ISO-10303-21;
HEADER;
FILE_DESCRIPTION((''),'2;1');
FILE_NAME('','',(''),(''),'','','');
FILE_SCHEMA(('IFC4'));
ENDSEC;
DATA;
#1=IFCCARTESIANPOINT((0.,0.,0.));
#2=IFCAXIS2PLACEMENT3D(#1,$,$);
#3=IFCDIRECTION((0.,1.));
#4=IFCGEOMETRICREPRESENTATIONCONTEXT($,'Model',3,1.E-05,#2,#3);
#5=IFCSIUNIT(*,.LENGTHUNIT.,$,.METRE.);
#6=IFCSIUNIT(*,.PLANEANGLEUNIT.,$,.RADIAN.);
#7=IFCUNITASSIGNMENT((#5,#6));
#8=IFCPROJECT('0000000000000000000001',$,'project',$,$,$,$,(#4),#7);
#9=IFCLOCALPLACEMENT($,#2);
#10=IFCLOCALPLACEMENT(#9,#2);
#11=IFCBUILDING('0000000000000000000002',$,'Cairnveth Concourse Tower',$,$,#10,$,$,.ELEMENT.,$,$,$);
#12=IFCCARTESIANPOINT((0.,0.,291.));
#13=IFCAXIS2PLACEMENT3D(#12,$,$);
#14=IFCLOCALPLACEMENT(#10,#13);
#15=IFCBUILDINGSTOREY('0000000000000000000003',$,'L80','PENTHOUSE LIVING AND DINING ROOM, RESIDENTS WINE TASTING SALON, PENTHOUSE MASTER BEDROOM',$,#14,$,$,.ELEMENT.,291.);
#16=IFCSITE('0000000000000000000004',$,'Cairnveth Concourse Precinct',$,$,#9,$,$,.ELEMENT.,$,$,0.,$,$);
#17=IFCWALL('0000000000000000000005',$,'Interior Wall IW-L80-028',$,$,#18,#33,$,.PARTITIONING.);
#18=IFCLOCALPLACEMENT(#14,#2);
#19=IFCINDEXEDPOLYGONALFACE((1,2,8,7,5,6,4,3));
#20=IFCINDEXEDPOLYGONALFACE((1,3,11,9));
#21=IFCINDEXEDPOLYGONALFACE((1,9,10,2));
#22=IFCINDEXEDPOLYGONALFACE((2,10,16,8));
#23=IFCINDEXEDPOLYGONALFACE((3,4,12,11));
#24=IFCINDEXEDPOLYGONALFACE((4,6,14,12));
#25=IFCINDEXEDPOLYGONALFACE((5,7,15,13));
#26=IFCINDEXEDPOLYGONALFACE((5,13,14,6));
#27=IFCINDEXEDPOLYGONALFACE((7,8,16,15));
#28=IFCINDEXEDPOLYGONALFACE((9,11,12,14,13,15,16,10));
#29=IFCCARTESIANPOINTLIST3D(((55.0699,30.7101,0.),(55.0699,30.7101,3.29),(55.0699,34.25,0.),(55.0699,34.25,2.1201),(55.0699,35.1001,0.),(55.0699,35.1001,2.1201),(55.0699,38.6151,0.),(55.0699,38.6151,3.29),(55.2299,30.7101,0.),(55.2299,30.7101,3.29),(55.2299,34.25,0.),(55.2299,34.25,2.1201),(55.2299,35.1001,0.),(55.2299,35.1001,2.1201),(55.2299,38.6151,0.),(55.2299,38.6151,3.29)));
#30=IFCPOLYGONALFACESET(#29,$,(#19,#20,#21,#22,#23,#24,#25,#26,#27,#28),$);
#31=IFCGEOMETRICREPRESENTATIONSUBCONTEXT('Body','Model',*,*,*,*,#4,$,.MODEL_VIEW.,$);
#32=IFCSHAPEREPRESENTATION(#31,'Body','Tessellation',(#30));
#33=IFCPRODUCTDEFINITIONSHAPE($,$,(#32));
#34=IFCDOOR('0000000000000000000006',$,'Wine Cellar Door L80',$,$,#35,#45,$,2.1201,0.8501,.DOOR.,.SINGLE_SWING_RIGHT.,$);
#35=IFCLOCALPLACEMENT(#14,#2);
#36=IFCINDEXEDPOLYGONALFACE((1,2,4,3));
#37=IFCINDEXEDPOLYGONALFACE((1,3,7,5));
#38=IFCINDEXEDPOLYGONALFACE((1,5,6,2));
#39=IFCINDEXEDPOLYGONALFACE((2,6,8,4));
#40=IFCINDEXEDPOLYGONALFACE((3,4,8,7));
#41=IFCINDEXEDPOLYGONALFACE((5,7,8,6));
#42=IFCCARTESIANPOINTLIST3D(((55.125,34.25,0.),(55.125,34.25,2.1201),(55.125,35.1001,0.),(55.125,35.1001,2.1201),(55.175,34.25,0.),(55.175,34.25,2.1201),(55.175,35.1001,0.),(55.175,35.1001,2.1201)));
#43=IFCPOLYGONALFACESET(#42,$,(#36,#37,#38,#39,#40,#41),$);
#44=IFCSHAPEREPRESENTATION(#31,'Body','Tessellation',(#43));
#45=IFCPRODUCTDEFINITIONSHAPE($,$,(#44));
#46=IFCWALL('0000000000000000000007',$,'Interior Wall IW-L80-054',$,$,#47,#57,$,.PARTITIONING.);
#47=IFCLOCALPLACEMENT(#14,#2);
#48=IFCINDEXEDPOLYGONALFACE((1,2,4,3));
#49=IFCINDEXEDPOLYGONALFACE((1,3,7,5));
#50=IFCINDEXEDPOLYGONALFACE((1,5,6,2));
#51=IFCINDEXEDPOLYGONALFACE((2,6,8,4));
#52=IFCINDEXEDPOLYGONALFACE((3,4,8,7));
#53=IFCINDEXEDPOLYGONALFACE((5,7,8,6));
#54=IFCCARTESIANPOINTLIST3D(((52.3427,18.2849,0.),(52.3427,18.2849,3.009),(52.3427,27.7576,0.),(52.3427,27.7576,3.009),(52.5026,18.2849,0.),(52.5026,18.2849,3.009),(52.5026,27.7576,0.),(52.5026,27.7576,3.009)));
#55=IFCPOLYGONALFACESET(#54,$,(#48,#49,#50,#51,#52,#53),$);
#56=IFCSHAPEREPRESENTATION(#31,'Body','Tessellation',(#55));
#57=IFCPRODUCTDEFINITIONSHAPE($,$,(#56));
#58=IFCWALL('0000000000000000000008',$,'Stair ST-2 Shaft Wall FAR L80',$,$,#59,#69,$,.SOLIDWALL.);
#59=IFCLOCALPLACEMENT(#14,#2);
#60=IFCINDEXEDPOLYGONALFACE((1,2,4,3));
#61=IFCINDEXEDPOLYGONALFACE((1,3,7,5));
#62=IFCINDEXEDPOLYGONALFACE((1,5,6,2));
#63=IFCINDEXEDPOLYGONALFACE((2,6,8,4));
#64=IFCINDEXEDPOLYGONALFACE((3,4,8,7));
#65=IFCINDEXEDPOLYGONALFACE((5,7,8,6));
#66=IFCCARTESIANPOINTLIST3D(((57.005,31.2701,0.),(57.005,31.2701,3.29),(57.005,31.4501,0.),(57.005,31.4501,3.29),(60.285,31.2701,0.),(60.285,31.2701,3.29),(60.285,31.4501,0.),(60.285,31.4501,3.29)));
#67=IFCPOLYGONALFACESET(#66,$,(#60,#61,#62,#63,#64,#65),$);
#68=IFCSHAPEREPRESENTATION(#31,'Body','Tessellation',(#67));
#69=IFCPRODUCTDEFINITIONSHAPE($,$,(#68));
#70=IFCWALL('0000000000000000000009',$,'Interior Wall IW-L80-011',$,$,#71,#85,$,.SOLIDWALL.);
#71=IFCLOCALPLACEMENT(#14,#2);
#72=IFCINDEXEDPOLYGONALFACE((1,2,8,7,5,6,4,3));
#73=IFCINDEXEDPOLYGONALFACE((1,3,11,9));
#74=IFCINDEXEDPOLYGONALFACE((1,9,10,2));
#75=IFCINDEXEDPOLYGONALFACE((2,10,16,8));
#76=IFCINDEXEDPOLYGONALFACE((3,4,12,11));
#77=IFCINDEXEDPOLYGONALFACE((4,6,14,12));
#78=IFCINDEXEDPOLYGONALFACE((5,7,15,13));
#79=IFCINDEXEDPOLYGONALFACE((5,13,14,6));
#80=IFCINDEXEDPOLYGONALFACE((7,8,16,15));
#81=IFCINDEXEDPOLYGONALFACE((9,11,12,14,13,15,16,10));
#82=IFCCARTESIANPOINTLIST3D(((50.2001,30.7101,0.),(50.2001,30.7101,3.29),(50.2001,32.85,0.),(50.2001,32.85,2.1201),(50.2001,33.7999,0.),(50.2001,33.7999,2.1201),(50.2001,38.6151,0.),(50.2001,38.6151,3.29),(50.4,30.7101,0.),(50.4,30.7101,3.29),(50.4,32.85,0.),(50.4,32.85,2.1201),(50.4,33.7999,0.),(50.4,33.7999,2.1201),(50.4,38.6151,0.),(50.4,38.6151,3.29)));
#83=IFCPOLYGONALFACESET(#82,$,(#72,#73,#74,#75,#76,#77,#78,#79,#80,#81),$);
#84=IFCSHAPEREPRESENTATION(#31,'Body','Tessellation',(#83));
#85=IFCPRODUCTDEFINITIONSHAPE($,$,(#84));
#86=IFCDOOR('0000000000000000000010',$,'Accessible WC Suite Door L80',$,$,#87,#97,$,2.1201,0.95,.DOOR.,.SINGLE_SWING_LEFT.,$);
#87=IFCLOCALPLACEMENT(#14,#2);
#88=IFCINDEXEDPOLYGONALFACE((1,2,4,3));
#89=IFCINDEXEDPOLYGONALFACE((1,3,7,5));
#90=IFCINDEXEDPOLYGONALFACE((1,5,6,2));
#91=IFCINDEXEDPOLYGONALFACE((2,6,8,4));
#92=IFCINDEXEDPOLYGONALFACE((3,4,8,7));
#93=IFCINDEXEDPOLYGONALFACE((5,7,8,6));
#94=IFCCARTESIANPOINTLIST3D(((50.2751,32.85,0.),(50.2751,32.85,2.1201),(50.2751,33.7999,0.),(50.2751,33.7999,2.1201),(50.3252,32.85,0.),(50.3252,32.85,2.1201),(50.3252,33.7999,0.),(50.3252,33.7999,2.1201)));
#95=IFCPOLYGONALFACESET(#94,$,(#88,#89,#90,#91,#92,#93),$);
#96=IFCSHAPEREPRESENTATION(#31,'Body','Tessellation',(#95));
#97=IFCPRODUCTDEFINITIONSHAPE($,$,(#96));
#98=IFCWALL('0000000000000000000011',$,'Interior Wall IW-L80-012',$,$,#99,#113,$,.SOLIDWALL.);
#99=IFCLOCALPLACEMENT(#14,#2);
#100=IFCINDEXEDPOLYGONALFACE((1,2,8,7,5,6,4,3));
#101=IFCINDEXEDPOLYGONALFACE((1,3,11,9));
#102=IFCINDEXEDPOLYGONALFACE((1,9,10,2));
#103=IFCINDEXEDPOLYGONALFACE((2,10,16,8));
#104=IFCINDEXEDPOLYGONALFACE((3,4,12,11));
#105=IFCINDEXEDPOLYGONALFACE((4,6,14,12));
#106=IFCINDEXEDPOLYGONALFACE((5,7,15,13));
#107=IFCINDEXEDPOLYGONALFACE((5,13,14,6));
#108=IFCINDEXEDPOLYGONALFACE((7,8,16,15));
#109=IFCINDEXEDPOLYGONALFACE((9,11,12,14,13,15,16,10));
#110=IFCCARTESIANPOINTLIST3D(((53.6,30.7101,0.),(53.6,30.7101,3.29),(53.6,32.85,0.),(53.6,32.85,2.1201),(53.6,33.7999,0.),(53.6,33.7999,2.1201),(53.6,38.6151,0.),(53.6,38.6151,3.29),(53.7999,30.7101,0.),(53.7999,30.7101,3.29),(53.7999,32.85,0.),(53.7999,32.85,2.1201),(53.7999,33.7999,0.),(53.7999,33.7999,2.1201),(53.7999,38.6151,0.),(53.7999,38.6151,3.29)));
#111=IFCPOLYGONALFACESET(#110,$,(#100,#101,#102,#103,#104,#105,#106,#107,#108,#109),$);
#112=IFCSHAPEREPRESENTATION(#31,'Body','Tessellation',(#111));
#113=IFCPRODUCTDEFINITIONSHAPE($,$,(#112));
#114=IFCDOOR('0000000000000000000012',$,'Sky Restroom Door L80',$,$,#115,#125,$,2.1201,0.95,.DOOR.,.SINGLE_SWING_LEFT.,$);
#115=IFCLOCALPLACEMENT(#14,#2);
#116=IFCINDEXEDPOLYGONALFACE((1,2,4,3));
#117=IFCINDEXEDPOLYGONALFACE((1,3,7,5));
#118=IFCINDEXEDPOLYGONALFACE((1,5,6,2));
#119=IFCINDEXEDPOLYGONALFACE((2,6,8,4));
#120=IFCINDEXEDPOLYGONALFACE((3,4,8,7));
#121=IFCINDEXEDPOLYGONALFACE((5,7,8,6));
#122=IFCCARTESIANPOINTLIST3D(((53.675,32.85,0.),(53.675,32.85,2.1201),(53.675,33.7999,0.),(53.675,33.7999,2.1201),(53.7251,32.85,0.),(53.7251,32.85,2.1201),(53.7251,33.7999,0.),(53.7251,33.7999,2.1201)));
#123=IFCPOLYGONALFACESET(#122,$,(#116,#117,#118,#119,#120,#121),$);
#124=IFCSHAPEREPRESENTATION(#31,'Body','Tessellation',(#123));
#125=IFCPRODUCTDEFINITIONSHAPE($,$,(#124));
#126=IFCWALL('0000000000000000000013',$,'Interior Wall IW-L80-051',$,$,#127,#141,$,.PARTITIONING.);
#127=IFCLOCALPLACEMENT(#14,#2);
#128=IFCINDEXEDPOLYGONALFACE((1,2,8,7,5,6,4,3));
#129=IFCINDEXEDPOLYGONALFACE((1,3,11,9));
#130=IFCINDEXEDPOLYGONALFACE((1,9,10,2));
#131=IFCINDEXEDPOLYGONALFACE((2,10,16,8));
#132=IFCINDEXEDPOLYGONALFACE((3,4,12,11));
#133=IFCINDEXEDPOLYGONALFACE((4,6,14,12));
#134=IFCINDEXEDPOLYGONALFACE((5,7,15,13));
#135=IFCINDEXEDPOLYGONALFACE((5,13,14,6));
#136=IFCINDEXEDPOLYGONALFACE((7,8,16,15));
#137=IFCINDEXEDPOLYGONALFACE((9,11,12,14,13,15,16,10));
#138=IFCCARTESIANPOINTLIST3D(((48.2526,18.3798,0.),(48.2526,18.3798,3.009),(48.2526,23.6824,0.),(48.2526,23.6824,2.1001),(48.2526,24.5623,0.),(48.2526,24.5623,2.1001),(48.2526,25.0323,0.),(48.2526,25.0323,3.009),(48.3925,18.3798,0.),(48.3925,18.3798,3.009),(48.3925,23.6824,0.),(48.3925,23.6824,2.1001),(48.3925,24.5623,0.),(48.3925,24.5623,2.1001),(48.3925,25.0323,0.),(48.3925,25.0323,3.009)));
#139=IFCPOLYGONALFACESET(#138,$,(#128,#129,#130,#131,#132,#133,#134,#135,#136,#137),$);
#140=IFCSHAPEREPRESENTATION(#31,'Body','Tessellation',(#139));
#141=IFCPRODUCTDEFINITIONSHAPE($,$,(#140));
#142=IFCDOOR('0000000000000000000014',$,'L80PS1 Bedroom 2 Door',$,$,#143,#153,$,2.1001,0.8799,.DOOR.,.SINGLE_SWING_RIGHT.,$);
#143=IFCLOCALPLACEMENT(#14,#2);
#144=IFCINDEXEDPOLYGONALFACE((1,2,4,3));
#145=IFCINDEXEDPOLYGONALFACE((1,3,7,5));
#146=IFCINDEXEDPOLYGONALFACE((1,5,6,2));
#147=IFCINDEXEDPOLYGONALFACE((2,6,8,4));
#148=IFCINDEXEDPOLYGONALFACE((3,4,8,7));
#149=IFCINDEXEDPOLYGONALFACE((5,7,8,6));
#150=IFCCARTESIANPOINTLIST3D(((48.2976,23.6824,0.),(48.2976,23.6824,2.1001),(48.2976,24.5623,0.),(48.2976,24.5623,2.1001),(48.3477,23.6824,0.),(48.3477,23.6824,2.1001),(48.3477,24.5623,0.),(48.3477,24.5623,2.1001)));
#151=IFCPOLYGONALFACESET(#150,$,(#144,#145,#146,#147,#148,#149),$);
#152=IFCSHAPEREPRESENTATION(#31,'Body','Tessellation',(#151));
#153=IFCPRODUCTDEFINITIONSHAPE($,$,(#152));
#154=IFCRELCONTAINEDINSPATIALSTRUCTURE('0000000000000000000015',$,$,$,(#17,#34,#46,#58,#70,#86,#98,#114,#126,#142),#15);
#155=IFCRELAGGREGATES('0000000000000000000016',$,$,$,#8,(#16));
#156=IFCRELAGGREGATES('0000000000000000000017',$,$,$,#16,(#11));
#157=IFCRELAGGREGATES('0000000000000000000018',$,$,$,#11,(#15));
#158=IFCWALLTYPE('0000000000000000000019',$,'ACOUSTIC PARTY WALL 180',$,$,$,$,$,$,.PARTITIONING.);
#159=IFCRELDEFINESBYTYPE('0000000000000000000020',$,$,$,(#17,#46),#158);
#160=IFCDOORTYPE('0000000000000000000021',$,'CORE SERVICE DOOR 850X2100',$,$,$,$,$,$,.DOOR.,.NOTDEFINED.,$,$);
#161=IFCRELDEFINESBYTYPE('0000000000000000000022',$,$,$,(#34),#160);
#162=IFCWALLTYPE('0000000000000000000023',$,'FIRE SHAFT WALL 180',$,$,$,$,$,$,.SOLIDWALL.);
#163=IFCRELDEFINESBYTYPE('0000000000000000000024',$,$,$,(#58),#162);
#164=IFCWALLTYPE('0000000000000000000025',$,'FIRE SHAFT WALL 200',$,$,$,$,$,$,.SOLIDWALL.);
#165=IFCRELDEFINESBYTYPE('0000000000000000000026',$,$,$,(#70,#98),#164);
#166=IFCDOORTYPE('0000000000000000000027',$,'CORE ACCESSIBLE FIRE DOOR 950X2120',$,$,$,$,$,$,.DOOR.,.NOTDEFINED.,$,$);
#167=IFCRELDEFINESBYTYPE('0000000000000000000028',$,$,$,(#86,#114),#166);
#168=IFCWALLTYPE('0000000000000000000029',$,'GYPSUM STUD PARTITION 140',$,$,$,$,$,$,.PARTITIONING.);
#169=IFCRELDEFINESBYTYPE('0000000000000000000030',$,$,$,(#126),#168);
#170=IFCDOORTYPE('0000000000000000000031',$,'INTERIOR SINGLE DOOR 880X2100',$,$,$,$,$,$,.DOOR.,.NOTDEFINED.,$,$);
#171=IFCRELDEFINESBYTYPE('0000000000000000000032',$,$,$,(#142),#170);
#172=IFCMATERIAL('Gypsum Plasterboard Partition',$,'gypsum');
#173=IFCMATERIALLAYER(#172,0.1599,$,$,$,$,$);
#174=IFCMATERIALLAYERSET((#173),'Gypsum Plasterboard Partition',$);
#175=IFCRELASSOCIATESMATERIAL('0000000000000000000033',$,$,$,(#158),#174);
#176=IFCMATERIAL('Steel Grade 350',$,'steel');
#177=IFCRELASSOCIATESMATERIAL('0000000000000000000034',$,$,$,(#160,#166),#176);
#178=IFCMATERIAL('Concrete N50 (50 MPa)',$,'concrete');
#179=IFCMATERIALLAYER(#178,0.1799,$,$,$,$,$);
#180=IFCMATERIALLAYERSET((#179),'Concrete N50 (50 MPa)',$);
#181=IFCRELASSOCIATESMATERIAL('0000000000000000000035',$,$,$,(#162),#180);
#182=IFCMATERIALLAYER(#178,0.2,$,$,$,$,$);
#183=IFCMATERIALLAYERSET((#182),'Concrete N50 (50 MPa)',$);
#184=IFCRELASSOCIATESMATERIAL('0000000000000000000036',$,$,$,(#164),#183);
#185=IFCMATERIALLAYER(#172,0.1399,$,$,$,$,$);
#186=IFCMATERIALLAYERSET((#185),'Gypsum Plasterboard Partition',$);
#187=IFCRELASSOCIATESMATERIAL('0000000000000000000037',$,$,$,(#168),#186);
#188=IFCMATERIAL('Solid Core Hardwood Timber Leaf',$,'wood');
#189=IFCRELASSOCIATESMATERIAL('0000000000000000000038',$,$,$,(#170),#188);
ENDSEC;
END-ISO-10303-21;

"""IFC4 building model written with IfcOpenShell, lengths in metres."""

from ifc_helpers import new_model, si_unit, direction, frame, frame_2d, origin, place, context, subcontext, project, spatial, rectangle, extrude, material, layer, layer_set, type_object, element, fill, save


model = new_model("IFC4")

# Units and contexts
model_context = context("Model", 3, precision=1e-05, world=origin(), true_north=direction((0.0, 1.0)))
body_context = subcontext(model_context, "Body", "Model", "MODEL_VIEW")
ifc_project = project(units=[si_unit("LENGTHUNIT", "METRE"), si_unit("PLANEANGLEUNIT", "RADIAN")], contexts=[model_context])

# Site, building, storey
site_placement = place(None, origin())
site = spatial("IfcSite", under=ifc_project, at=site_placement, Name="Cairnveth Concourse Precinct", CompositionType="ELEMENT", RefElevation=0.0)
building_placement = place(site_placement, origin())
building = spatial("IfcBuilding", under=site, at=building_placement, Name="Cairnveth Concourse Tower", CompositionType="ELEMENT")
storey_placement = place(building_placement, frame((0.0, 0.0, 291.0)))
storey = spatial("IfcBuildingStorey", under=building, at=storey_placement, Name="L80", Description="PENTHOUSE LIVING AND DINING ROOM, RESIDENTS WINE TASTING SALON, PENTHOUSE MASTER BEDROOM", CompositionType="ELEMENT", Elevation=291.0)

# Shared definitions
ifc_material_1 = material(Name="Concrete N50 (50 MPa)", Category="concrete")
ifc_material_2 = material(Name="Steel Grade 350", Category="steel")

# Shared definitions
ifc_material_3 = material(Name="Gypsum Plasterboard Partition", Category="gypsum")
ifc_layer_1 = layer(ifc_material_3, 0.1599)
ifc_layer_set_1 = layer_set([ifc_layer_1], Name="Gypsum Plasterboard Partition")
wall_type_1 = type_object("IfcWallType", Name="ACOUSTIC PARTY WALL 180", PredefinedType="PARTITIONING", material=ifc_layer_set_1)
door_type_1 = type_object("IfcDoorType", Name="CORE SERVICE DOOR 850X2100", OperationType="NOTDEFINED", PredefinedType="DOOR", material=ifc_material_2)

# Wall, opening, door
wall_1_placement = place(storey_placement, frame((55.1499, 30.71, 0.0), z_axis=(0.0, 0.0, 1.0), x_axis=(0.0, 1.0, 0.0)))
wall_1 = element("IfcWall", 1, at=wall_1_placement, inside=storey, type_object=wall_type_1, Name="Interior Wall IW-L80-028", PredefinedType="PARTITIONING", context=body_context, shape_type="SweptSolid", body=[
    extrude(rectangle(XDim=7.905, YDim=0.1599, at=frame_2d((3.9526, 0.0))), origin(), (0.0, 0.0, 1.0), 3.29),
])
opening_1_placement = place(wall_1_placement, frame((3.54, 0.0, 0.0)))
opening_1 = element("IfcOpeningElement", 2, at=opening_1_placement, cuts=wall_1, PredefinedType="OPENING", context=body_context, shape_type="SweptSolid", body=[
    extrude(rectangle(XDim=0.8501, YDim=2.1201, at=frame_2d((0.425, 1.0601))), frame((0.0, 0.0898, 0.0), z_axis=(0.0, -1.0, 0.0), x_axis=(1.0, 0.0, 0.0)), (0.0, 0.0, 1.0), 0.1799),
])
door_1_placement = place(opening_1_placement, origin())
door_1 = element("IfcDoor", 3, at=door_1_placement, inside=storey, type_object=door_type_1, Name="Wine Cellar Door L80", OperationType="SINGLE_SWING_RIGHT", OverallHeight=2.1201, OverallWidth=0.8501, PredefinedType="DOOR", context=body_context, shape_type="SweptSolid", body=[
    extrude(rectangle(XDim=0.8501, YDim=2.1201, at=frame_2d((0.425, 1.0601))), frame((0.0, 0.0249, 0.0), z_axis=(0.0, -1.0, 0.0), x_axis=(1.0, 0.0, 0.0)), (0.0, 0.0, 1.0), 0.05),
])
fill(opening_1, door_1)

# Walls
wall_2_placement = place(storey_placement, frame((52.4226, 18.2849, 0.0), z_axis=(0.0, 0.0, 1.0), x_axis=(0.0, 1.0, 0.0)))
element("IfcWall", 4, at=wall_2_placement, inside=storey, type_object=wall_type_1, Name="Interior Wall IW-L80-054", PredefinedType="PARTITIONING", context=body_context, shape_type="SweptSolid", body=[
    extrude(rectangle(XDim=9.4727, YDim=0.1599, at=frame_2d((4.7363, 0.0))), origin(), (0.0, 0.0, 1.0), 3.009),
])
ifc_layer_2 = layer(ifc_material_1, 0.1799)
ifc_layer_set_2 = layer_set([ifc_layer_2], Name="Concrete N50 (50 MPa)")
wall_type_2 = type_object("IfcWallType", Name="FIRE SHAFT WALL 180", PredefinedType="SOLIDWALL", material=ifc_layer_set_2)
wall_3_placement = place(storey_placement, frame((57.0049, 31.3601, 0.0), z_axis=(0.0, 0.0, 1.0), x_axis=(1.0, 0.0, 0.0)))
element("IfcWall", 5, at=wall_3_placement, inside=storey, type_object=wall_type_2, Name="Stair ST-2 Shaft Wall FAR L80", PredefinedType="SOLIDWALL", context=body_context, shape_type="SweptSolid", body=[
    extrude(rectangle(XDim=3.28, YDim=0.1799, at=frame_2d((1.6401, 0.0))), origin(), (0.0, 0.0, 1.0), 3.29),
])

# Walls, openings, doors
ifc_layer_3 = layer(ifc_material_1, 0.2)
ifc_layer_set_3 = layer_set([ifc_layer_3], Name="Concrete N50 (50 MPa)")
wall_type_3 = type_object("IfcWallType", Name="FIRE SHAFT WALL 200", PredefinedType="SOLIDWALL", material=ifc_layer_set_3)
wall_4_placement = place(storey_placement, frame((50.3, 30.71, 0.0), z_axis=(0.0, 0.0, 1.0), x_axis=(0.0, 1.0, 0.0)))
wall_4 = element("IfcWall", 6, at=wall_4_placement, inside=storey, type_object=wall_type_3, Name="Interior Wall IW-L80-011", PredefinedType="SOLIDWALL", context=body_context, shape_type="SweptSolid", body=[
    extrude(rectangle(XDim=7.905, YDim=0.2, at=frame_2d((3.9526, 0.0))), origin(), (0.0, 0.0, 1.0), 3.29),
])
opening_2_placement = place(wall_4_placement, frame((2.1399, 0.0, 0.0)))
opening_2 = element("IfcOpeningElement", 7, at=opening_2_placement, cuts=wall_4, PredefinedType="OPENING", context=body_context, shape_type="SweptSolid", body=[
    extrude(rectangle(XDim=0.95, YDim=2.1201, at=frame_2d((0.4751, 1.0601))), frame((0.0, 0.1099, 0.0), z_axis=(0.0, -1.0, 0.0), x_axis=(1.0, 0.0, 0.0)), (0.0, 0.0, 1.0), 0.22),
])
door_type_2 = type_object("IfcDoorType", Name="CORE ACCESSIBLE FIRE DOOR 950X2120", OperationType="NOTDEFINED", PredefinedType="DOOR", material=ifc_material_2)
door_2_placement = place(opening_2_placement, origin())
door_2 = element("IfcDoor", 8, at=door_2_placement, inside=storey, type_object=door_type_2, Name="Accessible WC Suite Door L80", OperationType="SINGLE_SWING_LEFT", OverallHeight=2.1201, OverallWidth=0.95, PredefinedType="DOOR", context=body_context, shape_type="SweptSolid", body=[
    extrude(rectangle(XDim=0.95, YDim=2.1201, at=frame_2d((0.4751, 1.0601))), frame((0.0, 0.0249, 0.0), z_axis=(0.0, -1.0, 0.0), x_axis=(1.0, 0.0, 0.0)), (0.0, 0.0, 1.0), 0.05),
])
fill(opening_2, door_2)
wall_5_placement = place(storey_placement, frame((53.7, 30.71, 0.0), z_axis=(0.0, 0.0, 1.0), x_axis=(0.0, 1.0, 0.0)))
wall_5 = element("IfcWall", 9, at=wall_5_placement, inside=storey, type_object=wall_type_3, Name="Interior Wall IW-L80-012", PredefinedType="SOLIDWALL", context=body_context, shape_type="SweptSolid", body=[
    extrude(rectangle(XDim=7.905, YDim=0.2, at=frame_2d((3.9526, 0.0))), origin(), (0.0, 0.0, 1.0), 3.29),
])
opening_3_placement = place(wall_5_placement, frame((2.1399, 0.0, 0.0)))
opening_3 = element("IfcOpeningElement", 10, at=opening_3_placement, cuts=wall_5, PredefinedType="OPENING", context=body_context, shape_type="SweptSolid", body=[
    extrude(rectangle(XDim=0.95, YDim=2.1201, at=frame_2d((0.4751, 1.0601))), frame((0.0, 0.1099, 0.0), z_axis=(0.0, -1.0, 0.0), x_axis=(1.0, 0.0, 0.0)), (0.0, 0.0, 1.0), 0.22),
])
door_3_placement = place(opening_3_placement, origin())
door_3 = element("IfcDoor", 11, at=door_3_placement, inside=storey, type_object=door_type_2, Name="Sky Restroom Door L80", OperationType="SINGLE_SWING_LEFT", OverallHeight=2.1201, OverallWidth=0.95, PredefinedType="DOOR", context=body_context, shape_type="SweptSolid", body=[
    extrude(rectangle(XDim=0.95, YDim=2.1201, at=frame_2d((0.4751, 1.0601))), frame((0.0, 0.0249, 0.0), z_axis=(0.0, -1.0, 0.0), x_axis=(1.0, 0.0, 0.0)), (0.0, 0.0, 1.0), 0.05),
])
fill(opening_3, door_3)
ifc_layer_4 = layer(ifc_material_3, 0.1399)
ifc_layer_set_4 = layer_set([ifc_layer_4], Name="Gypsum Plasterboard Partition")
wall_type_4 = type_object("IfcWallType", Name="GYPSUM STUD PARTITION 140", PredefinedType="PARTITIONING", material=ifc_layer_set_4)
wall_6_placement = place(storey_placement, frame((48.3225, 18.3799, 0.0), z_axis=(0.0, 0.0, 1.0), x_axis=(0.0, 1.0, 0.0)))
wall_6 = element("IfcWall", 12, at=wall_6_placement, inside=storey, type_object=wall_type_4, Name="Interior Wall IW-L80-051", PredefinedType="PARTITIONING", context=body_context, shape_type="SweptSolid", body=[
    extrude(rectangle(XDim=6.6526, YDim=0.1399, at=frame_2d((3.3262, 0.0))), origin(), (0.0, 0.0, 1.0), 3.009),
])
opening_4_placement = place(wall_6_placement, frame((5.3025, 0.0, 0.0)))
opening_4 = element("IfcOpeningElement", 13, at=opening_4_placement, cuts=wall_6, PredefinedType="OPENING", context=body_context, shape_type="SweptSolid", body=[
    extrude(rectangle(XDim=0.8799, YDim=2.1001, at=frame_2d((0.4399, 1.05))), frame((0.0, 0.0798, 0.0), z_axis=(0.0, -1.0, 0.0), x_axis=(1.0, 0.0, 0.0)), (0.0, 0.0, 1.0), 0.1599),
])
ifc_material_4 = material(Name="Solid Core Hardwood Timber Leaf", Category="wood")
door_type_3 = type_object("IfcDoorType", Name="INTERIOR SINGLE DOOR 880X2100", OperationType="NOTDEFINED", PredefinedType="DOOR", material=ifc_material_4)
door_4_placement = place(opening_4_placement, origin())
door_4 = element("IfcDoor", 14, at=door_4_placement, inside=storey, type_object=door_type_3, Name="L80PS1 Bedroom 2 Door", OperationType="SINGLE_SWING_RIGHT", OverallHeight=2.1001, OverallWidth=0.8799, PredefinedType="DOOR", context=body_context, shape_type="SweptSolid", body=[
    extrude(rectangle(XDim=0.8799, YDim=2.1001, at=frame_2d((0.4399, 1.05))), frame((0.0, 0.0249, 0.0), z_axis=(0.0, -1.0, 0.0), x_axis=(1.0, 0.0, 0.0)), (0.0, 0.0, 1.0), 0.05),
])
fill(opening_4, door_4)

save(model, "model.ifc")
